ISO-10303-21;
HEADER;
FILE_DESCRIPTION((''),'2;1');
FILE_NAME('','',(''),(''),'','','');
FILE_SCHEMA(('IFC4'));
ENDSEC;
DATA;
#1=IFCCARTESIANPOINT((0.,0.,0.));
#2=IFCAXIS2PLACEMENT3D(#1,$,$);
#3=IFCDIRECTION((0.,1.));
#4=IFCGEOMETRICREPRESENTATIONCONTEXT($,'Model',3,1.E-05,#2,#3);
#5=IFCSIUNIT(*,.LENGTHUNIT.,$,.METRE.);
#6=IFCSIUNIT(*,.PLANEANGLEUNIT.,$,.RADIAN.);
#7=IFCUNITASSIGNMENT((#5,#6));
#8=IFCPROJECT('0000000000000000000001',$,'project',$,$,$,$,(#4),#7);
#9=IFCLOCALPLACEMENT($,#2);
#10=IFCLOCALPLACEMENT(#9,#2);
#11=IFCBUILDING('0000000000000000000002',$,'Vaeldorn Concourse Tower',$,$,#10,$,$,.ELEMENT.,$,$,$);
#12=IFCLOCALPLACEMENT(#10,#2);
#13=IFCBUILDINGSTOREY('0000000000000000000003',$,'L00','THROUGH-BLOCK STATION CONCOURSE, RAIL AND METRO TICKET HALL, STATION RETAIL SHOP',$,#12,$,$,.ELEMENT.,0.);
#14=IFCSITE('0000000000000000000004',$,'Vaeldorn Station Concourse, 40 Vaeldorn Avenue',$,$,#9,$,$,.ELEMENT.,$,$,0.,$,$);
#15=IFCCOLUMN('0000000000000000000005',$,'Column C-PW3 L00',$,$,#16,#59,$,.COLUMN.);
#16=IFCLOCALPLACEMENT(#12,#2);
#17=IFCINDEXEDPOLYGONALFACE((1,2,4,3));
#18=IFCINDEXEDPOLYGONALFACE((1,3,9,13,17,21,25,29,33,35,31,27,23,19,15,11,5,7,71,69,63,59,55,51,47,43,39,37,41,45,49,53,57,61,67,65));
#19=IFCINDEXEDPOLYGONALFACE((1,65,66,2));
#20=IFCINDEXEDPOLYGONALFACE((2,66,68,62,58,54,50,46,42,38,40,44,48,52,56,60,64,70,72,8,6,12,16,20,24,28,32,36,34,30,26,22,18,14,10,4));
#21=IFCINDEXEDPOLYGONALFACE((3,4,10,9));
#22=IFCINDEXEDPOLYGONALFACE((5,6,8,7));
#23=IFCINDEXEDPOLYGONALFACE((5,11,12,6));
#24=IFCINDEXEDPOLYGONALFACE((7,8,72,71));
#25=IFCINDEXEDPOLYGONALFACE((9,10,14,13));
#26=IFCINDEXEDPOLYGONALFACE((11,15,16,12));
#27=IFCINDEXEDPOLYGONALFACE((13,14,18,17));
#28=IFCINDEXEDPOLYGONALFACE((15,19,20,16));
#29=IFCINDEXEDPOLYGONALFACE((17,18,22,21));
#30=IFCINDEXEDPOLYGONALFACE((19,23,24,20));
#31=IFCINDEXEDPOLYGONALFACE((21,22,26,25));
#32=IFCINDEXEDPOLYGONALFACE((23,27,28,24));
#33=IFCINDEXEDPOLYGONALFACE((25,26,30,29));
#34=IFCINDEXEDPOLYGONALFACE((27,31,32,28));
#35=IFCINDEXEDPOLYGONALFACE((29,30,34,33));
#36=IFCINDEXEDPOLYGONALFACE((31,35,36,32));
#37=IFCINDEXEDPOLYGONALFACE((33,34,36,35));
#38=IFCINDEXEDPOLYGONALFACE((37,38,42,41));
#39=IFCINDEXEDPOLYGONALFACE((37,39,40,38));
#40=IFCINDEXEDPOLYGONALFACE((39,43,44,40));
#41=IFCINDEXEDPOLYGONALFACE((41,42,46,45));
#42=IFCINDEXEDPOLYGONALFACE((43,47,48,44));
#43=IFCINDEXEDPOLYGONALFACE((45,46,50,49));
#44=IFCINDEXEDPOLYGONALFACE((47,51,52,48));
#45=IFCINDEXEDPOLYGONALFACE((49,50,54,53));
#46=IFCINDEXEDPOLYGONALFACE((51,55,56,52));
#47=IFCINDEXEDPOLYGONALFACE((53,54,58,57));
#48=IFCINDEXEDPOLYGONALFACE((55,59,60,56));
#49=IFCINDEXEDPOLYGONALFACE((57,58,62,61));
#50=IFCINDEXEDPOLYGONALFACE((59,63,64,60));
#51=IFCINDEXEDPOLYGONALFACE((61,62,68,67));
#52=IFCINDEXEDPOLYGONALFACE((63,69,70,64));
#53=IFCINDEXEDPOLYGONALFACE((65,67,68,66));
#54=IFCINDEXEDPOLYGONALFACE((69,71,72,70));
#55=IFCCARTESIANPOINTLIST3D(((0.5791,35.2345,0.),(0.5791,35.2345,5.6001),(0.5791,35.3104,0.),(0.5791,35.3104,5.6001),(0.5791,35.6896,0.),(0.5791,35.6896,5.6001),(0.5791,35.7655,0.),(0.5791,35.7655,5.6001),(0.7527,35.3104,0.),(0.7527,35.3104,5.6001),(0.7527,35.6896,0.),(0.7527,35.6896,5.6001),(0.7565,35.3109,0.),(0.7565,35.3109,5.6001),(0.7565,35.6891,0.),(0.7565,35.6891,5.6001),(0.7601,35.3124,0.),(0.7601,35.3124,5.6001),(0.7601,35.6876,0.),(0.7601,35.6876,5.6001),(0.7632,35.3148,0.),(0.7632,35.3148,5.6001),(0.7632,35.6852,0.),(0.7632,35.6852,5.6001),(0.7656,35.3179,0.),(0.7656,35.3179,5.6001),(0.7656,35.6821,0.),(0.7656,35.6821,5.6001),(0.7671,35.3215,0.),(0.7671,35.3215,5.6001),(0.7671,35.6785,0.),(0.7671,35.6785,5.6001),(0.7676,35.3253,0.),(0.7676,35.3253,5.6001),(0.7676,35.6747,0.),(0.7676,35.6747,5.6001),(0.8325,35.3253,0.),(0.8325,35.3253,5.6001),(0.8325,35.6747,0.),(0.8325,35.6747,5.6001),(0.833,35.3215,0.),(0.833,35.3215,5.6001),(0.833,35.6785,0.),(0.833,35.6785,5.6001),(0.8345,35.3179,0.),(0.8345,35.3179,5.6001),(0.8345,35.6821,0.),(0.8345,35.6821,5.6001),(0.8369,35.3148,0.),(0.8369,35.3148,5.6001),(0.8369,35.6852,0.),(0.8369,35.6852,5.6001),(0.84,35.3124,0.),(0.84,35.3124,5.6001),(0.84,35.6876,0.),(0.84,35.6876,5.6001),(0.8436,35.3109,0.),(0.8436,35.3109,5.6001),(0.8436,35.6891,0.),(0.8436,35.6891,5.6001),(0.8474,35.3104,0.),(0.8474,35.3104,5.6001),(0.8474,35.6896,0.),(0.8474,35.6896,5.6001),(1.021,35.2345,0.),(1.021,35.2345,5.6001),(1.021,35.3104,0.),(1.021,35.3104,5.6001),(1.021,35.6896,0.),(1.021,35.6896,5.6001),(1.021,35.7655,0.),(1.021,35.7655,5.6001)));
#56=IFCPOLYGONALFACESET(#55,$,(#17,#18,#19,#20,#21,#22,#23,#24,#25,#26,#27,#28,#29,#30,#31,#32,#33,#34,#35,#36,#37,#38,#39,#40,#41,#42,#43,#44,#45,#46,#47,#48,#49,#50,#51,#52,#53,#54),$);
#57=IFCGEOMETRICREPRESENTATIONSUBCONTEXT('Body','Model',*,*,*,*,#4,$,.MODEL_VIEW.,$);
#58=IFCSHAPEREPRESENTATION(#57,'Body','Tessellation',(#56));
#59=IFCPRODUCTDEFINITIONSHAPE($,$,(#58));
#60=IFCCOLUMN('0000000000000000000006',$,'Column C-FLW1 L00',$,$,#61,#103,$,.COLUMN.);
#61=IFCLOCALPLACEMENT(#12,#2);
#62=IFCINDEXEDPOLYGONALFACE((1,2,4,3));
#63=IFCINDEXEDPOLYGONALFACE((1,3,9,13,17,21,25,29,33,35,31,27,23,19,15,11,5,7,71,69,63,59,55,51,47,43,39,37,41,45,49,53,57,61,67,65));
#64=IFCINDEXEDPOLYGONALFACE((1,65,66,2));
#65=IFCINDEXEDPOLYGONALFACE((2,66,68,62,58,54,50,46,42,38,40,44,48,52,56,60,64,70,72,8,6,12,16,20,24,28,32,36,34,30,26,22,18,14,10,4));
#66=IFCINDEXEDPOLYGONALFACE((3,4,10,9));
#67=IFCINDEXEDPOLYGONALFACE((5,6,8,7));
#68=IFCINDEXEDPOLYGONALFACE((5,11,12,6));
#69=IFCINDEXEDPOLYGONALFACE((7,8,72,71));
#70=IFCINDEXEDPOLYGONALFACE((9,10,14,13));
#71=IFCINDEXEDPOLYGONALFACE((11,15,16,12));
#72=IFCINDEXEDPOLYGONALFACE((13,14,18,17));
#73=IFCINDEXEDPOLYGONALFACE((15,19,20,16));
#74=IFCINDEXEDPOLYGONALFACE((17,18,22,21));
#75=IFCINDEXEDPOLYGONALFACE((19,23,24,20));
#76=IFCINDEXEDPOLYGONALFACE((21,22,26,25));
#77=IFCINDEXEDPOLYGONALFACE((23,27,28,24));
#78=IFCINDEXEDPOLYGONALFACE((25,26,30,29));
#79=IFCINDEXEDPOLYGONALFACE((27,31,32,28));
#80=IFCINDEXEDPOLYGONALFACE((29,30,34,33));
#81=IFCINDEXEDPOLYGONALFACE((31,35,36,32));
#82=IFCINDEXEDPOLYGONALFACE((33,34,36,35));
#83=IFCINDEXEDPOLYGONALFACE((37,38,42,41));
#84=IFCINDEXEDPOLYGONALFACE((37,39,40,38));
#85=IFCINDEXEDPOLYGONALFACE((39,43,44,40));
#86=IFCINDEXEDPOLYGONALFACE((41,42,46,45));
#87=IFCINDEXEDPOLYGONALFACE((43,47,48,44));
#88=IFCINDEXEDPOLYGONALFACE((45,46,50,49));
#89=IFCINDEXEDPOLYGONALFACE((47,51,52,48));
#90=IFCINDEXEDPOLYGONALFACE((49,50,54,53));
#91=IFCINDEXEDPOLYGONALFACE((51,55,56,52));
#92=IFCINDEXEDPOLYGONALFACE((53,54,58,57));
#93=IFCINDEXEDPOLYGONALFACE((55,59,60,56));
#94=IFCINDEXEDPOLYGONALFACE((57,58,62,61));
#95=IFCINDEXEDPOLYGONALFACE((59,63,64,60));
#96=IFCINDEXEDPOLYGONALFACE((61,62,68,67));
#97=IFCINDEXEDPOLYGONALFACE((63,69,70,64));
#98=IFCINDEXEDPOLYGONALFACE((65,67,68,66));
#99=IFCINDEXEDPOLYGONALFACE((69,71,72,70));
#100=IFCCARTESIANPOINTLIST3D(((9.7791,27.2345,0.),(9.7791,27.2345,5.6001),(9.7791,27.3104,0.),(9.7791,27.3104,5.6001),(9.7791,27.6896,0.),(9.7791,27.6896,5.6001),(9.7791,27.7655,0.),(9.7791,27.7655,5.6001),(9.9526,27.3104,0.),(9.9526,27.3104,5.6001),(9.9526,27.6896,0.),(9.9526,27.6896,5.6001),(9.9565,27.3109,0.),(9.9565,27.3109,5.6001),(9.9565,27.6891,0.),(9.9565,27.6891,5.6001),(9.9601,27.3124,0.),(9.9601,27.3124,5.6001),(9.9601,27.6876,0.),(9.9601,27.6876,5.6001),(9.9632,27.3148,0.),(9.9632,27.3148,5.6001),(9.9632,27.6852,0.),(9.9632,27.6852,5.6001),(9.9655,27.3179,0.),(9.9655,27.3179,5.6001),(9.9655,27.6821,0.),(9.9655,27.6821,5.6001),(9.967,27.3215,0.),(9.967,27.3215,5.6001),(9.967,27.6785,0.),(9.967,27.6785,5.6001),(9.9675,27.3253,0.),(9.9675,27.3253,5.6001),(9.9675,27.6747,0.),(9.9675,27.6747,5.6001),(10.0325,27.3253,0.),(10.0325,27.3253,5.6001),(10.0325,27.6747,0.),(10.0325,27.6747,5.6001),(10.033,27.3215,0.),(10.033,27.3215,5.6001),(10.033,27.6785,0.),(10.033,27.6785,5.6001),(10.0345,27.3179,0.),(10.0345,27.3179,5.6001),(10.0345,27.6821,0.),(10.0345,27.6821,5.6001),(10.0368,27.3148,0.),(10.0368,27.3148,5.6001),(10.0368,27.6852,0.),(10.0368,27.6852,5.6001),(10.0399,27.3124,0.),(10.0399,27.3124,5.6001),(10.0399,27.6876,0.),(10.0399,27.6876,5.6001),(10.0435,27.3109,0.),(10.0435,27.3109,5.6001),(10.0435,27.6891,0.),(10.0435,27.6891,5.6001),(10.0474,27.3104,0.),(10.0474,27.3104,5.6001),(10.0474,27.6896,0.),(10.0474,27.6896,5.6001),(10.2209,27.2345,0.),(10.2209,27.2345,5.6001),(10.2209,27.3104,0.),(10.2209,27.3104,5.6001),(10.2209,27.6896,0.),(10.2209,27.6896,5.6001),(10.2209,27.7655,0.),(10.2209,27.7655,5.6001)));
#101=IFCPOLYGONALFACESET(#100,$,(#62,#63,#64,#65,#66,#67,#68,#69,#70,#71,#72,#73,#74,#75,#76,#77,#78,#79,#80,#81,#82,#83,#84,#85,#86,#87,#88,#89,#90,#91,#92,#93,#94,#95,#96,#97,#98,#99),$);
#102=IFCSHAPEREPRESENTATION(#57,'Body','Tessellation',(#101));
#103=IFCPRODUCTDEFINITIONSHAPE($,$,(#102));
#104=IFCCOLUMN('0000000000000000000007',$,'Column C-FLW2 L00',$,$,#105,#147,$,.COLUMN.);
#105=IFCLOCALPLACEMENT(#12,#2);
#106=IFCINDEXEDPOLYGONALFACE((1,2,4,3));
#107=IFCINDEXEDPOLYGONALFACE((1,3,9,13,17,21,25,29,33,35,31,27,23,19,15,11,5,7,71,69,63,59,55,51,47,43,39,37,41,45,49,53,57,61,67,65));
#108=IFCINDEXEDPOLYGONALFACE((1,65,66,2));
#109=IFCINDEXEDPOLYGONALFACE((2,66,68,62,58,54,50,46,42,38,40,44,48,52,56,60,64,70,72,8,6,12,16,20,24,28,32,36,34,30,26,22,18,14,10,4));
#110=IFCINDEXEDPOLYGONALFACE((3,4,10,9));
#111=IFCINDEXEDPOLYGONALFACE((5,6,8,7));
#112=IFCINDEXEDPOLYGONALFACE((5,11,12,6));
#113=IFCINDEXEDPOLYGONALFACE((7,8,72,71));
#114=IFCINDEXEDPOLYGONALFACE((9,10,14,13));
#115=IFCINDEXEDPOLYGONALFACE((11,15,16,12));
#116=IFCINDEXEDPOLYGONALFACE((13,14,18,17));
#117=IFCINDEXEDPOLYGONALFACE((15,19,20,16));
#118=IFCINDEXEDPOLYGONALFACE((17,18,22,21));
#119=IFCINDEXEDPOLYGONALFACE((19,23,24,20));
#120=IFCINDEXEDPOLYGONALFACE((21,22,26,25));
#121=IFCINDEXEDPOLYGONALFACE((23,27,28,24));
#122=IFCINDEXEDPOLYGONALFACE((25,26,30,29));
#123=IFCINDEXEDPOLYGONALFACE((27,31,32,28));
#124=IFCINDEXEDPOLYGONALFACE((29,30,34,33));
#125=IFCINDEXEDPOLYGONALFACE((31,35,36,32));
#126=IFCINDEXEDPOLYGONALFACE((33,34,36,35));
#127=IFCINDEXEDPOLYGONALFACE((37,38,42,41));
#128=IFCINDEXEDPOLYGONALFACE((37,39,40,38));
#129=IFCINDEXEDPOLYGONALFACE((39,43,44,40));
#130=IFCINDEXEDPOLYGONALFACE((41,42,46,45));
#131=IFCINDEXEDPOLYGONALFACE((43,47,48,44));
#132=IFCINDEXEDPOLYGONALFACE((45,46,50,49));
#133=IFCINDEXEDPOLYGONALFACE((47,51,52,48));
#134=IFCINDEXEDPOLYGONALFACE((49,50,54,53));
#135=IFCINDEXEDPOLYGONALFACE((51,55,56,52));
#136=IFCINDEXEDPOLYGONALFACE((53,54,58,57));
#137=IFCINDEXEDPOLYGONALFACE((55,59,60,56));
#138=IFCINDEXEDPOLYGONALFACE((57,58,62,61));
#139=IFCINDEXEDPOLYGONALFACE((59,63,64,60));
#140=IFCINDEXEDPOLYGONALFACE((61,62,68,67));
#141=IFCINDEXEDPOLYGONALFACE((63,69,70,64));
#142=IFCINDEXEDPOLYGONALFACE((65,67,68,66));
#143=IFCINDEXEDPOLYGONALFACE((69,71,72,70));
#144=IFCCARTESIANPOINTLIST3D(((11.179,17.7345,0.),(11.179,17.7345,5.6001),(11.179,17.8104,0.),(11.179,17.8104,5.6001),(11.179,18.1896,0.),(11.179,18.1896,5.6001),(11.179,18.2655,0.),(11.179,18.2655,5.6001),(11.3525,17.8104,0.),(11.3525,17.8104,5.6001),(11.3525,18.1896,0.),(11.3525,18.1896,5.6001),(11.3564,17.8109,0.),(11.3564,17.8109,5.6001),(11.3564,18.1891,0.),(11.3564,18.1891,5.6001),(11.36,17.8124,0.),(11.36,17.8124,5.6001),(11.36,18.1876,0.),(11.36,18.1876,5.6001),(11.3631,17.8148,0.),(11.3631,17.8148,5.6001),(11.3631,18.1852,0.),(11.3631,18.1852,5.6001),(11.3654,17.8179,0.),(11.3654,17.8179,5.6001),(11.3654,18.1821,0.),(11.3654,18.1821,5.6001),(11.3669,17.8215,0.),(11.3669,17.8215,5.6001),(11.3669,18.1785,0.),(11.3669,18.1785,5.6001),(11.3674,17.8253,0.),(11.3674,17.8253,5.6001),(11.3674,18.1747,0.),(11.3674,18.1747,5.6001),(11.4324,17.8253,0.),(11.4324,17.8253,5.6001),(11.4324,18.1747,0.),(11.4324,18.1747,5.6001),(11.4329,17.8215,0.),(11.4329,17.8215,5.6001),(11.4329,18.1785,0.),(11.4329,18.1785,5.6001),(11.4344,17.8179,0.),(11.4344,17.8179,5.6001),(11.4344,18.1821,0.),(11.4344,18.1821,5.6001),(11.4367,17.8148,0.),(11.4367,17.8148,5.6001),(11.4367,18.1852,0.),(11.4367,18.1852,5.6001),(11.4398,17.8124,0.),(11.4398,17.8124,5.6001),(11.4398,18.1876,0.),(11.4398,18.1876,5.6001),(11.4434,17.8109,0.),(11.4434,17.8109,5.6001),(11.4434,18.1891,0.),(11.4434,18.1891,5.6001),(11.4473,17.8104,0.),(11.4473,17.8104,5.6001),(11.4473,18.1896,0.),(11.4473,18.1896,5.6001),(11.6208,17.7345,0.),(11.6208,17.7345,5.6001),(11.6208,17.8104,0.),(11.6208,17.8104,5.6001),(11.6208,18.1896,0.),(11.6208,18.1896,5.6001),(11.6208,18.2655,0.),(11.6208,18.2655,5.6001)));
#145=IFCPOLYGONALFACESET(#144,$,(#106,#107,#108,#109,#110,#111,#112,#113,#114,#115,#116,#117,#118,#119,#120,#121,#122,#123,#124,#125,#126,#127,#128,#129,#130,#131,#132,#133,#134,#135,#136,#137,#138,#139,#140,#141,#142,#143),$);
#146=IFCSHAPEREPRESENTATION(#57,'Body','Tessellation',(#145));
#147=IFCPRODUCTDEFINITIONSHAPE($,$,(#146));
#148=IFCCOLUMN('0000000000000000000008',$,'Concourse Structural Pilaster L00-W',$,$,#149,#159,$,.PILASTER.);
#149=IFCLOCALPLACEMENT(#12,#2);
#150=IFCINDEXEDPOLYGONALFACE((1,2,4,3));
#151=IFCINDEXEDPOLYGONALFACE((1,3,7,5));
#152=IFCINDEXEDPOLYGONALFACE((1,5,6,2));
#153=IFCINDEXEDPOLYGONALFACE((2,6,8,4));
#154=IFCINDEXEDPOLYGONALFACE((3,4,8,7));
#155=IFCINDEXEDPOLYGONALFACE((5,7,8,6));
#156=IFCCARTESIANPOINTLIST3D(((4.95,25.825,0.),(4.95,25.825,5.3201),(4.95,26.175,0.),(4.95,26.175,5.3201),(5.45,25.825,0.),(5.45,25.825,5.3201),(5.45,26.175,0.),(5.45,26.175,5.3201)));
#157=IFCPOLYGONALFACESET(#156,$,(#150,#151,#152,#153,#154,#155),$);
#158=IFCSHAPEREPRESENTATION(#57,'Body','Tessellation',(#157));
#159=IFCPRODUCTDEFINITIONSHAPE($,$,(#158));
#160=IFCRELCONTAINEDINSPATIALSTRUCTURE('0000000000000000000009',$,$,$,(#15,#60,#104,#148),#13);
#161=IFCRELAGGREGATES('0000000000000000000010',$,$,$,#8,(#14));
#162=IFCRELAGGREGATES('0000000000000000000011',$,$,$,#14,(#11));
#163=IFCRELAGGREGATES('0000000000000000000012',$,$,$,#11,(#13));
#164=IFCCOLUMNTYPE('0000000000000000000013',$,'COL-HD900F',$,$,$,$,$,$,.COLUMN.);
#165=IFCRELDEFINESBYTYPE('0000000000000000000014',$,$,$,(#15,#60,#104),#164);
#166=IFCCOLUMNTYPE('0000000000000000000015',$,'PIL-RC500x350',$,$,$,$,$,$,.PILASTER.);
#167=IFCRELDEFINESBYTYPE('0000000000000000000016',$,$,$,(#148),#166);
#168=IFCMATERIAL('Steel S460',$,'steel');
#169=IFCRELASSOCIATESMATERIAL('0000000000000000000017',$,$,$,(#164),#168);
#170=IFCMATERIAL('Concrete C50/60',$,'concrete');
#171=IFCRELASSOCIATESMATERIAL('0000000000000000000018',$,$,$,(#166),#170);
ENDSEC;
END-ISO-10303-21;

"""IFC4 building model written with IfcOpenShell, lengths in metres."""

from ifc_helpers import new_model, si_unit, direction, frame, origin, origin_2d, place, context, subcontext, project, spatial, rectangle, i_section, extrude, source, transform, mapped, material, material_profile, profile_set, type_object, element, save


model = new_model("IFC4")

# Units and contexts
model_context = context("Model", 3, precision=1e-05, world=origin(), true_north=direction((0.0, 1.0)))
body_context = subcontext(model_context, "Body", "Model", "MODEL_VIEW")
ifc_project = project(units=[si_unit("LENGTHUNIT", "METRE"), si_unit("PLANEANGLEUNIT", "RADIAN")], contexts=[model_context])

# Site, building, storey
site_placement = place(None, origin())
site = spatial("IfcSite", under=ifc_project, at=site_placement, Name="Vaeldorn Station Concourse, 40 Vaeldorn Avenue", CompositionType="ELEMENT", RefElevation=0.0)
building_placement = place(site_placement, origin())
building = spatial("IfcBuilding", under=site, at=building_placement, Name="Vaeldorn Concourse Tower", CompositionType="ELEMENT")
storey_placement = place(building_placement, origin())
storey = spatial("IfcBuildingStorey", under=building, at=storey_placement, Name="L00", Description="THROUGH-BLOCK STATION CONCOURSE, RAIL AND METRO TICKET HALL, STATION RETAIL SHOP", CompositionType="ELEMENT", Elevation=0.0)

# Columns
ifc_material_1 = material(Name="Steel S460", Category="steel")
ifc_material_profile_1 = material_profile(ifc_material_1, i_section(OverallWidth=0.4419, OverallDepth=0.531, WebThickness=0.0649, FlangeThickness=0.0759, FilletRadius=0.0149, at=origin_2d()), Name="HD 400x900")
ifc_profile_set_1 = profile_set([ifc_material_profile_1], Name="Steel S460")
column_type_1 = type_object("IfcColumnType", Name="COL-HD900F", PredefinedType="COLUMN", material=ifc_profile_set_1)
shared_shape_1 = source(origin(), body_context, "Body", "SweptSolid", [
    extrude(i_section(OverallWidth=0.4419, OverallDepth=0.531, WebThickness=0.0649, FlangeThickness=0.0759, FilletRadius=0.0149, at=origin_2d()), origin(), (0.0, 0.0, 1.0), 5.6001),
])
for number, where, z_axis, x_axis, name in (
    (1, (0.8, 35.5, 0.0), (0.0, 0.0, 1.0), (1.0, 0.0, 0.0), "Column C-PW3 L00"),
    (2, (10.0, 27.5, 0.0), (0.0, 0.0, 1.0), (1.0, 0.0, 0.0), "Column C-FLW1 L00"),
    (3, (11.3999, 18.0, 0.0), (0.0, 0.0, 1.0), (1.0, 0.0, 0.0), "Column C-FLW2 L00"),
):
    element("IfcColumn", number, at=place(storey_placement, frame(where, z_axis=z_axis, x_axis=x_axis)), inside=storey, type_object=column_type_1, Name=name, PredefinedType="COLUMN", context=body_context, shape_type="MappedRepresentation", body=[
        mapped(shared_shape_1, transform((0.0, 0.0, 0.0), scale=1.0)),
    ])
ifc_material_2 = material(Name="Concrete C50/60", Category="concrete")
ifc_material_profile_2 = material_profile(ifc_material_2, rectangle(XDim=0.5, YDim=0.3501, at=origin_2d()), Name="RC 500x350")
ifc_profile_set_2 = profile_set([ifc_material_profile_2], Name="Concrete C50/60")
column_type_2 = type_object("IfcColumnType", Name="PIL-RC500x350", PredefinedType="PILASTER", material=ifc_profile_set_2)
shared_shape_2 = source(origin(), body_context, "Body", "SweptSolid", [
    extrude(rectangle(XDim=0.5, YDim=0.3501, at=origin_2d()), origin(), (0.0, 0.0, 1.0), 5.3201),
])
column_1_placement = place(storey_placement, frame((5.2, 26.0, 0.0), z_axis=(0.0, 0.0, 1.0), x_axis=(1.0, 0.0, 0.0)))
element("IfcColumn", 4, at=column_1_placement, inside=storey, type_object=column_type_2, Name="Concourse Structural Pilaster L00-W", PredefinedType="PILASTER", context=body_context, shape_type="MappedRepresentation", body=[
    mapped(shared_shape_2, transform((0.0, 0.0, 0.0), scale=1.0)),
])

save(model, "model.ifc")
